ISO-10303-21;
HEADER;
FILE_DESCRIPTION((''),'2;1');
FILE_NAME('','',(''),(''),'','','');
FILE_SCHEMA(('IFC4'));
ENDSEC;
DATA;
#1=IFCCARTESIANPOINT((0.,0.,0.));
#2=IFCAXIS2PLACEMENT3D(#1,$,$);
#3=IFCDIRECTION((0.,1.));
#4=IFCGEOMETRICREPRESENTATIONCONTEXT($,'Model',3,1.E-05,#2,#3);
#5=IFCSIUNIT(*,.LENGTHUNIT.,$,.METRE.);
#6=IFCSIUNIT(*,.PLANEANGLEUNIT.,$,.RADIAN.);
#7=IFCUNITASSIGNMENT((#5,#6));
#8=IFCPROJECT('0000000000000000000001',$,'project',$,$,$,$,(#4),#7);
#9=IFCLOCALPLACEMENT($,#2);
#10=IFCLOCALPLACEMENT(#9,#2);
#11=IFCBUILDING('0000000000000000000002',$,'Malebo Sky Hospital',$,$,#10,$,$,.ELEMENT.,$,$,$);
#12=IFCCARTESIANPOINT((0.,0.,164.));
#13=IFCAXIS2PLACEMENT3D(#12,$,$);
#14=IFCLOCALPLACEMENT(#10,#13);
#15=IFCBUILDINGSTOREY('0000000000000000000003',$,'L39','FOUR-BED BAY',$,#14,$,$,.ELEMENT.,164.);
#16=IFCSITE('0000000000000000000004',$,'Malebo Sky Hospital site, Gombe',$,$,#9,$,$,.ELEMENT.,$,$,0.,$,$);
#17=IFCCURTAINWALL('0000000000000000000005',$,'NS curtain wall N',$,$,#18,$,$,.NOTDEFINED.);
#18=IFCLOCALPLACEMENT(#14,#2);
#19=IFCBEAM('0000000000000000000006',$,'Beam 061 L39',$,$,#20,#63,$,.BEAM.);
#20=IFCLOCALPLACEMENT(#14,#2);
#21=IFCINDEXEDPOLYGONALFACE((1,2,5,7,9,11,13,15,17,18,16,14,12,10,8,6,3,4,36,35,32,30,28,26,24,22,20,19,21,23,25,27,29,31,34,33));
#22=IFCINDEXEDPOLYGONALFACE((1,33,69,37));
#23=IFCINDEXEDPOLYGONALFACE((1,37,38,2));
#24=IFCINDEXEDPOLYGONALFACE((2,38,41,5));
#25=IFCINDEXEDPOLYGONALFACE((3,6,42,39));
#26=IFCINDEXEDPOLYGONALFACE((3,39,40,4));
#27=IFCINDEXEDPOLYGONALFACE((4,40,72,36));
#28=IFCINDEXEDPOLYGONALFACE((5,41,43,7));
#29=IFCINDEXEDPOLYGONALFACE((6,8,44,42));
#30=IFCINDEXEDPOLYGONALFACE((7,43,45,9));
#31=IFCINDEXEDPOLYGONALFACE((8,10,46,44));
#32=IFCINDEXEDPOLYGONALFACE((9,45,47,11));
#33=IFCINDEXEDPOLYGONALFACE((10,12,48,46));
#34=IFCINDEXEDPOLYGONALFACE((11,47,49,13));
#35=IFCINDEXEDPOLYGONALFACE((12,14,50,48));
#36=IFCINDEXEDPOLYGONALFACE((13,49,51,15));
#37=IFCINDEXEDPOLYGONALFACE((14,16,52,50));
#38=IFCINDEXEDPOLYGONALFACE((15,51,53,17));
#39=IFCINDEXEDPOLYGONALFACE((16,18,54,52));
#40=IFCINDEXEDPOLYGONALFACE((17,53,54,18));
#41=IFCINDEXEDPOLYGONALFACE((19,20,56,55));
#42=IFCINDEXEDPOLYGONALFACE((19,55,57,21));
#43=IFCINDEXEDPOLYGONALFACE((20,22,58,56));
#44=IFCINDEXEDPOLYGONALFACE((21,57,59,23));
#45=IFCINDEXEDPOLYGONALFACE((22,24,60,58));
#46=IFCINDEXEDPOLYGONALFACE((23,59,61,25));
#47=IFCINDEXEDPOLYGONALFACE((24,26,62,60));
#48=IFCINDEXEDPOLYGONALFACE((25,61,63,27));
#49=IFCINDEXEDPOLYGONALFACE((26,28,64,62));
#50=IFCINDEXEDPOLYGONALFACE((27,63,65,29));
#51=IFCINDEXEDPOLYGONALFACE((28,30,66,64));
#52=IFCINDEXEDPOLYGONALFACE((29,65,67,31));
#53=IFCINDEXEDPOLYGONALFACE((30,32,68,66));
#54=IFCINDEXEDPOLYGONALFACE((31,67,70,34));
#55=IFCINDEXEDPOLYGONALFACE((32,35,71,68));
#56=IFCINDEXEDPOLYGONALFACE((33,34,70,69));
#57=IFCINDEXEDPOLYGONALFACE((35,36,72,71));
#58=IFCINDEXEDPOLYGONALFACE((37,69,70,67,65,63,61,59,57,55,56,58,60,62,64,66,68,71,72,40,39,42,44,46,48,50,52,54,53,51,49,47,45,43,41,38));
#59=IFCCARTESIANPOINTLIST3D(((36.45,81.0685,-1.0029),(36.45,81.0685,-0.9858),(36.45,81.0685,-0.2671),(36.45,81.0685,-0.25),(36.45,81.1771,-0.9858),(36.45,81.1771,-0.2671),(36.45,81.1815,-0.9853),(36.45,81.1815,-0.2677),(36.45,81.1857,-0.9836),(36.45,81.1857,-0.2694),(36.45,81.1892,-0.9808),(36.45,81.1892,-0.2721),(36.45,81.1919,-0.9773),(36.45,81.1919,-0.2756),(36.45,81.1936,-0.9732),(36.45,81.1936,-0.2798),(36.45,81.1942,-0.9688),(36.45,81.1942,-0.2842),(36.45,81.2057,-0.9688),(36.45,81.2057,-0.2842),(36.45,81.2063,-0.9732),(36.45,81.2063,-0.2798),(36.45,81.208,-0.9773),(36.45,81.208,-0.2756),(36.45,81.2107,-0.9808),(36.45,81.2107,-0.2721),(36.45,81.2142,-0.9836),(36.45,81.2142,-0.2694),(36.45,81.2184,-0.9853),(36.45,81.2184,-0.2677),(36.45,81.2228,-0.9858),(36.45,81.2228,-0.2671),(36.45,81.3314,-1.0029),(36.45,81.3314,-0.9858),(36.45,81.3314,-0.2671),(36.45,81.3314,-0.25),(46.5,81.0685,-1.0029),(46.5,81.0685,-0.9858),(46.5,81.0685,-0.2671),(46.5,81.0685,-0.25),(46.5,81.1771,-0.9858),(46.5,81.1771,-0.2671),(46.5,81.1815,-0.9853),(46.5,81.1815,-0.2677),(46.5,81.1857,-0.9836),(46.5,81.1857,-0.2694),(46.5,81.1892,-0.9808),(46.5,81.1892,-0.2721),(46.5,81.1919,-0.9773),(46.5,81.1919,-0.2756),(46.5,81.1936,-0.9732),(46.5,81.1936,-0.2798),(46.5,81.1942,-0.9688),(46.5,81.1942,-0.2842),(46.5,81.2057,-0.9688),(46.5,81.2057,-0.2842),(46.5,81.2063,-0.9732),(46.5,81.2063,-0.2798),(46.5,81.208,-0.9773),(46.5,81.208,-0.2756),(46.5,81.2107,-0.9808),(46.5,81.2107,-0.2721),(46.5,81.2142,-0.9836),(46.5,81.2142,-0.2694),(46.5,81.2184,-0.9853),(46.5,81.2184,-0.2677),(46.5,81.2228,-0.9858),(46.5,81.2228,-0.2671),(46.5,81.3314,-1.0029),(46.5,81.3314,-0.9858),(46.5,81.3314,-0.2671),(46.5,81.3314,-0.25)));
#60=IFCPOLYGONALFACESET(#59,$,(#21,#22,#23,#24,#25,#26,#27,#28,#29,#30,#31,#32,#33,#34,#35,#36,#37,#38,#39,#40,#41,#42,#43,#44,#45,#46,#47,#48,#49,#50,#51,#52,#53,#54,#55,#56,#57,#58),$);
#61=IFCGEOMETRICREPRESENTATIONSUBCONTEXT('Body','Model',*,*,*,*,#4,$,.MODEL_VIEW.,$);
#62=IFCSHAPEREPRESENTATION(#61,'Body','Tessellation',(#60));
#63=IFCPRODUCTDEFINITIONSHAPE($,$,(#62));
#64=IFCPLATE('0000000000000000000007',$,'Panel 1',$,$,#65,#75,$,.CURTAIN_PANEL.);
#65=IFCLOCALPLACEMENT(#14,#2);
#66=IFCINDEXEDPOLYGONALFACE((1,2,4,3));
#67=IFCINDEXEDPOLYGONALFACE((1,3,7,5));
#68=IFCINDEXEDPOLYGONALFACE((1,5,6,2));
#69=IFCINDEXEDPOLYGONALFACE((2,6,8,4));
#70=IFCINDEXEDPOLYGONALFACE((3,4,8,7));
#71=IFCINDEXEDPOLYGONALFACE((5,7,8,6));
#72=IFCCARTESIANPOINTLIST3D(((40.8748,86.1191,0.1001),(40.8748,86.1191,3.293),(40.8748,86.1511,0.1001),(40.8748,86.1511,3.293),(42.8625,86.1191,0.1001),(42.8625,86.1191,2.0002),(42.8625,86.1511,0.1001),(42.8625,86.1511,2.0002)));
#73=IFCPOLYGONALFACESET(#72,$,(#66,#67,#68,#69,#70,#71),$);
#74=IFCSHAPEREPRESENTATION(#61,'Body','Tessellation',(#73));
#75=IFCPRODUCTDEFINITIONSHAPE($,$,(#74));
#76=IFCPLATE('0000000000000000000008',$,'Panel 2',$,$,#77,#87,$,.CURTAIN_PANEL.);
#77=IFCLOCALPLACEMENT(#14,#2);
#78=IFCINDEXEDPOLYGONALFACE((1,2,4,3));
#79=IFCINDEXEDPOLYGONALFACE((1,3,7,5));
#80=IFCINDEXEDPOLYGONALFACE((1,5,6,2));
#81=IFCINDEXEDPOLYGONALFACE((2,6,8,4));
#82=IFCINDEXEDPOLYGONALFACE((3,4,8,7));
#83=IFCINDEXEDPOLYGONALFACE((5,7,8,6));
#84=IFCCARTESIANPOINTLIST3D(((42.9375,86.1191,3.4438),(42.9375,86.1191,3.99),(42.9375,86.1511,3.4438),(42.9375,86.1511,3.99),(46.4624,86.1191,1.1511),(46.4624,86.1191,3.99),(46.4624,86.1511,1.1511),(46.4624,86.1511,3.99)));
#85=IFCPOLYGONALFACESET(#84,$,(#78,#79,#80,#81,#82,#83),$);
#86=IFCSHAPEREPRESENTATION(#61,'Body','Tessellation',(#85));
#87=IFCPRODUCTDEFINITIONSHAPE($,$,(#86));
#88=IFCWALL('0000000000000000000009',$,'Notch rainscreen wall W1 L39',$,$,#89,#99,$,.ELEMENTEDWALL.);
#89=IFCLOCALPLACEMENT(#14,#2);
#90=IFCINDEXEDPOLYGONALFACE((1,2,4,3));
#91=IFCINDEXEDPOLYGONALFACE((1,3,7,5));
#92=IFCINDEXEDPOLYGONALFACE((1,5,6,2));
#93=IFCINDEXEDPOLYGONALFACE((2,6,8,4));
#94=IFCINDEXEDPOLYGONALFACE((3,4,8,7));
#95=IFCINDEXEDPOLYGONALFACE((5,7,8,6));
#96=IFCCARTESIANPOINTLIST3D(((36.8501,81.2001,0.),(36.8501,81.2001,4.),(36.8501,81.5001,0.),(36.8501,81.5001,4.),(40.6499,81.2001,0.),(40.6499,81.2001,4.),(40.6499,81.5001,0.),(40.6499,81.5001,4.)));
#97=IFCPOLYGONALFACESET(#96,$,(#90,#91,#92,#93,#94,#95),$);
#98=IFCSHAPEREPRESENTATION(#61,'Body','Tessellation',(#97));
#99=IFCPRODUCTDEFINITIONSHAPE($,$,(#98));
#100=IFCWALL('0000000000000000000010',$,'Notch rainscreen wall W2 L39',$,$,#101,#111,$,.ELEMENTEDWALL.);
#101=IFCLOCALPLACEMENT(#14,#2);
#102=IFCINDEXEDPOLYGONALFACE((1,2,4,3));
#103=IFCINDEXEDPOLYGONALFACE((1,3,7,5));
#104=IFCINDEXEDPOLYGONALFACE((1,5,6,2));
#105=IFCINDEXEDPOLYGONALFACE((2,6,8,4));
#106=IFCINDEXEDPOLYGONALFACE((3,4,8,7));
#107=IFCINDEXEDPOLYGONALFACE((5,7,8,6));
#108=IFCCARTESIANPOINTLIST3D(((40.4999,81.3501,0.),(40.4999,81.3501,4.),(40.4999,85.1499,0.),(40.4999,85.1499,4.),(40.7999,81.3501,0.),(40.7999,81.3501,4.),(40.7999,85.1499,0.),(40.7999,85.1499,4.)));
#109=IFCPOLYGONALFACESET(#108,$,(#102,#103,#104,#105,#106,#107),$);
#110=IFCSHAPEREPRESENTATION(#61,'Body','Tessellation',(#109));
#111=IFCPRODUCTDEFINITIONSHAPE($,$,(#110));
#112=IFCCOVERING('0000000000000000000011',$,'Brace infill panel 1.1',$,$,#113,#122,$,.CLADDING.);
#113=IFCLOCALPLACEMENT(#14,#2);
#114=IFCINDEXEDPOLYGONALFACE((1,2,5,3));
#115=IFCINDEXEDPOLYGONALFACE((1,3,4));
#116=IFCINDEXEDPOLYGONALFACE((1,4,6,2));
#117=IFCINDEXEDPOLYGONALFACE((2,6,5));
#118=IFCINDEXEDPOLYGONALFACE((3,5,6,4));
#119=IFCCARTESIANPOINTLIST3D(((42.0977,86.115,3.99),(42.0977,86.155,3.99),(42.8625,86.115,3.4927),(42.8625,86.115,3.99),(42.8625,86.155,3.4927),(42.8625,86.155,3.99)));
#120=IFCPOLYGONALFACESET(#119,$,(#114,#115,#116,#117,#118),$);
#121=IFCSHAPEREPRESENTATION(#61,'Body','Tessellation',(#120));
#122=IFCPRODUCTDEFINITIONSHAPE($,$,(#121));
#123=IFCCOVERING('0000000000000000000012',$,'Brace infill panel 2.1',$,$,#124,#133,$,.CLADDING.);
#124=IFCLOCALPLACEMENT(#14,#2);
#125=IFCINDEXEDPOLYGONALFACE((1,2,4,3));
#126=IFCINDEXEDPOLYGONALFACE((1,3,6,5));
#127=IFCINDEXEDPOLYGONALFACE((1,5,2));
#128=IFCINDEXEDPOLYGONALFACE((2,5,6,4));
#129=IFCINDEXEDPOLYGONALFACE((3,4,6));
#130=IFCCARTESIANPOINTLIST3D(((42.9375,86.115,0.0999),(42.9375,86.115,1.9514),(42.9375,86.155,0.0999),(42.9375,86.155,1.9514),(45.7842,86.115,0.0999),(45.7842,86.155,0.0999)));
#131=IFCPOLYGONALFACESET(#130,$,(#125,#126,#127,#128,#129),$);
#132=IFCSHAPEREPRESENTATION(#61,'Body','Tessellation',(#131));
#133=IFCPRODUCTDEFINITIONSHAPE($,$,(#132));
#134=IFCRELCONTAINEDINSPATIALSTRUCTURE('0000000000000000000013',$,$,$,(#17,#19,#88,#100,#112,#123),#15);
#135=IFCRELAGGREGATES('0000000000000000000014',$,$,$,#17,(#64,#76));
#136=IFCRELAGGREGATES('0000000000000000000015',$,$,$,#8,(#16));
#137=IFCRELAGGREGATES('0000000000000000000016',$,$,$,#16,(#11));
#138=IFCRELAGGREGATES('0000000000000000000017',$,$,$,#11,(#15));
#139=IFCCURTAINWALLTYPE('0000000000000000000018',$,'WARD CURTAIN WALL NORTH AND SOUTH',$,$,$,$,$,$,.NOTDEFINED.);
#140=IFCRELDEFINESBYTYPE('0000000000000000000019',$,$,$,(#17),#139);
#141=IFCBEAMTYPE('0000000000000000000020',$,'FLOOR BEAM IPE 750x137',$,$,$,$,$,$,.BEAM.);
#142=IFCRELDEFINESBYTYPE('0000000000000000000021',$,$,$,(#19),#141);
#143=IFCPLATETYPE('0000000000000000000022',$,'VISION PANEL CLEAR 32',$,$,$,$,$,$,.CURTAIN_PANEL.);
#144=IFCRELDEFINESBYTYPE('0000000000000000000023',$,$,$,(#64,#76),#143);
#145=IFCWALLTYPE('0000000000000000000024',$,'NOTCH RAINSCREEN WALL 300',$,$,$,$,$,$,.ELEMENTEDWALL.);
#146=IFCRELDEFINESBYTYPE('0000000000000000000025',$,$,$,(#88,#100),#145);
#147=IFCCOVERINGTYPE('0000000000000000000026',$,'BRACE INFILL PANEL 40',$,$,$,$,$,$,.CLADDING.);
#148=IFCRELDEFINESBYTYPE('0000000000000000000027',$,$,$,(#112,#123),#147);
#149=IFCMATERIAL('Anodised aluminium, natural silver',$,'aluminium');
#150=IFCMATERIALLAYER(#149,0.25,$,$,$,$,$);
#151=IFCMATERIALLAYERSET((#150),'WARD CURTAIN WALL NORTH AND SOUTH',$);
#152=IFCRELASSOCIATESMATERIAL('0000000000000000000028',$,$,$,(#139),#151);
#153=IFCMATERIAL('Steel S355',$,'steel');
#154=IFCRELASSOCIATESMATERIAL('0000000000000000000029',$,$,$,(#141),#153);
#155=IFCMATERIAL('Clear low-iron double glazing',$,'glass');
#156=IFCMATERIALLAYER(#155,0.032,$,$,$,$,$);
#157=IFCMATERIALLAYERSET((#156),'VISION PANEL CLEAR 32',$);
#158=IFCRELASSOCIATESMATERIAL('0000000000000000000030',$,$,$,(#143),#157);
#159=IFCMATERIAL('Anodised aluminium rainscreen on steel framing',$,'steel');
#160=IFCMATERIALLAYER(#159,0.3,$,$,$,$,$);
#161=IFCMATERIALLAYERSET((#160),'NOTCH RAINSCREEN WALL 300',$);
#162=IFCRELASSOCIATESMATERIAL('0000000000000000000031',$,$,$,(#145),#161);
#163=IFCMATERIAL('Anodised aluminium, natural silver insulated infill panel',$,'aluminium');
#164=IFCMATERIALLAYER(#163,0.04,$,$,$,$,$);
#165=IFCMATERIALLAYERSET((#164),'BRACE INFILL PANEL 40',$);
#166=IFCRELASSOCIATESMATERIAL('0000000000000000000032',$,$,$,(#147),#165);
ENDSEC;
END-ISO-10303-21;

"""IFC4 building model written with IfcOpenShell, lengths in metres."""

from ifc_helpers import new_model, si_unit, direction, frame, frame_2d, origin, origin_2d, place, context, subcontext, project, spatial, polyline, rectangle, i_section, outline, extrude, material, layer, layer_set, material_profile, profile_set, type_object, element, aggregate, save


model = new_model("IFC4")

# Units and contexts
model_context = context("Model", 3, precision=1e-05, world=origin(), true_north=direction((0.0, 1.0)))
body_context = subcontext(model_context, "Body", "Model", "MODEL_VIEW")
ifc_project = project(units=[si_unit("LENGTHUNIT", "METRE"), si_unit("PLANEANGLEUNIT", "RADIAN")], contexts=[model_context])

# Site, building, storey
site_placement = place(None, origin())
site = spatial("IfcSite", under=ifc_project, at=site_placement, Name="Malebo Sky Hospital site, Gombe", CompositionType="ELEMENT", RefElevation=0.0)
building_placement = place(site_placement, origin())
building = spatial("IfcBuilding", under=site, at=building_placement, Name="Malebo Sky Hospital", CompositionType="ELEMENT")
storey_placement = place(building_placement, frame((0.0, 0.0, 164.0)))
storey = spatial("IfcBuildingStorey", under=building, at=storey_placement, Name="L39", Description="FOUR-BED BAY", CompositionType="ELEMENT", Elevation=164.0)

# Curtain wall
ifc_material_1 = material(Name="Anodised aluminium, natural silver", Category="aluminium")
ifc_layer_1 = layer(ifc_material_1, 0.25)
ifc_layer_set_1 = layer_set([ifc_layer_1], Name="WARD CURTAIN WALL NORTH AND SOUTH")
curtain_wall_type_1 = type_object("IfcCurtainWallType", Name="WARD CURTAIN WALL NORTH AND SOUTH", PredefinedType="NOTDEFINED", material=ifc_layer_set_1)
curtain_wall_1_placement = place(storey_placement, origin())
curtain_wall_1 = element("IfcCurtainWall", 1, at=curtain_wall_1_placement, inside=storey, type_object=curtain_wall_type_1, Name="NS curtain wall N", PredefinedType="NOTDEFINED")

# Beam
ifc_material_2 = material(Name="Steel S355", Category="steel")
ifc_material_profile_1 = material_profile(ifc_material_2, i_section(OverallWidth=0.2629, OverallDepth=0.7529, WebThickness=0.0115, FlangeThickness=0.0171, FilletRadius=0.0171, at=origin_2d()), Name="IPE 750x137")
ifc_profile_set_1 = profile_set([ifc_material_profile_1], Name="Steel S355")
beam_type_1 = type_object("IfcBeamType", Name="FLOOR BEAM IPE 750x137", PredefinedType="BEAM", material=ifc_profile_set_1)
beam_1_placement = place(storey_placement, frame((36.45, 81.2, -0.6265), z_axis=(1.0, 0.0, 0.0), x_axis=(0.0, 1.0, 0.0)))
element("IfcBeam", 2, at=beam_1_placement, inside=storey, type_object=beam_type_1, Name="Beam 061 L39", PredefinedType="BEAM", context=body_context, shape_type="SweptSolid", body=[
    extrude(i_section(OverallWidth=0.2629, OverallDepth=0.7529, WebThickness=0.0115, FlangeThickness=0.0171, FilletRadius=0.0171, at=origin_2d()), origin(), (0.0, 0.0, 1.0), 10.05),
])

# Plates
ifc_material_3 = material(Name="Clear low-iron double glazing", Category="glass")
ifc_layer_2 = layer(ifc_material_3, 0.032)
ifc_layer_set_2 = layer_set([ifc_layer_2], Name="VISION PANEL CLEAR 32")
plate_type = type_object("IfcPlateType", Name="VISION PANEL CLEAR 32", PredefinedType="CURTAIN_PANEL", material=ifc_layer_set_2)
plate_1_placement = place(storey_placement, frame((41.8687, 86.135, 0.1001), z_axis=(0.0, 0.0, 1.0), x_axis=(1.0, 0.0, 0.0)))
plate_1 = element("IfcPlate", 3, at=plate_1_placement, type_object=plate_type, Name="Panel 1", PredefinedType="CURTAIN_PANEL", context=body_context, shape_type="SweptSolid", body=[
    extrude(outline(polyline([(-0.9939, 0.0), (0.9939, 0.0), (0.9939, 1.9001), (-0.9939, 3.1929), (-0.9939, 0.0)])), frame((0.0, 0.0161, 0.0), z_axis=(0.0, -1.0, 0.0), x_axis=(1.0, 0.0, 0.0)), (0.0, 0.0, 1.0), 0.032),
])
plate_2_placement = place(storey_placement, frame((44.7, 86.135, 1.1511), z_axis=(0.0, 0.0, 1.0), x_axis=(1.0, 0.0, 0.0)))
plate_2 = element("IfcPlate", 4, at=plate_2_placement, type_object=plate_type, Name="Panel 2", PredefinedType="CURTAIN_PANEL", context=body_context, shape_type="SweptSolid", body=[
    extrude(outline(polyline([(1.7625, 0.0), (1.7625, 2.8389), (-1.7625, 2.8389), (-1.7625, 2.2927), (1.7625, 0.0)])), frame((0.0, 0.0161, 0.0), z_axis=(0.0, -1.0, 0.0), x_axis=(1.0, 0.0, 0.0)), (0.0, 0.0, 1.0), 0.032),
])
aggregate(curtain_wall_1, [plate_1, plate_2])

# Walls
ifc_material_4 = material(Name="Anodised aluminium rainscreen on steel framing", Category="steel")
ifc_layer_3 = layer(ifc_material_4, 0.3)
ifc_layer_set_3 = layer_set([ifc_layer_3], Name="NOTCH RAINSCREEN WALL 300")
wall_type = type_object("IfcWallType", Name="NOTCH RAINSCREEN WALL 300", PredefinedType="ELEMENTEDWALL", material=ifc_layer_set_3)
for number, where, z_axis, x_axis, name in (
    (5, (36.8501, 81.3501, 0.0), (0.0, 0.0, 1.0), (1.0, 0.0, 0.0), "Notch rainscreen wall W1 L39"),
    (6, (40.6499, 81.3501, 0.0), (0.0, 0.0, 1.0), (0.0, 1.0, 0.0), "Notch rainscreen wall W2 L39"),
):
    element("IfcWall", number, at=place(storey_placement, frame(where, z_axis=z_axis, x_axis=x_axis)), inside=storey, type_object=wall_type, Name=name, PredefinedType="ELEMENTEDWALL", context=body_context, shape_type="SweptSolid", body=[
        extrude(rectangle(XDim=3.7998, YDim=0.3, at=frame_2d((1.8999, 0.0))), origin(), (0.0, 0.0, 1.0), 4.0),
    ])

# Coverings
ifc_material_5 = material(Name="Anodised aluminium, natural silver insulated infill panel", Category="aluminium")
ifc_layer_4 = layer(ifc_material_5, 0.04)
ifc_layer_set_4 = layer_set([ifc_layer_4], Name="BRACE INFILL PANEL 40")
covering_type = type_object("IfcCoveringType", Name="BRACE INFILL PANEL 40", PredefinedType="CLADDING", material=ifc_layer_set_4)
covering_1_placement = place(storey_placement, frame((42.4802, 86.135, 3.4927), z_axis=(0.0, 0.0, 1.0), x_axis=(1.0, 0.0, 0.0)))
element("IfcCovering", 7, at=covering_1_placement, inside=storey, type_object=covering_type, Name="Brace infill panel 1.1", PredefinedType="CLADDING", context=body_context, shape_type="SweptSolid", body=[
    extrude(outline(polyline([(0.3823, 0.0), (0.3823, 0.4973), (-0.3826, 0.4973), (0.3823, 0.0)])), frame((0.0, 0.02, 0.0), z_axis=(0.0, -1.0, 0.0), x_axis=(1.0, 0.0, 0.0)), (0.0, 0.0, 1.0), 0.04),
])
covering_2_placement = place(storey_placement, frame((44.3608, 86.135, 0.0999), z_axis=(0.0, 0.0, 1.0), x_axis=(1.0, 0.0, 0.0)))
element("IfcCovering", 8, at=covering_2_placement, inside=storey, type_object=covering_type, Name="Brace infill panel 2.1", PredefinedType="CLADDING", context=body_context, shape_type="SweptSolid", body=[
    extrude(outline(polyline([(-1.4233, 0.0), (1.4233, 0.0), (-1.4233, 1.8516), (-1.4233, 0.0)])), frame((0.0, 0.02, 0.0), z_axis=(0.0, -1.0, 0.0), x_axis=(1.0, 0.0, 0.0)), (0.0, 0.0, 1.0), 0.04),
])

save(model, "model.ifc")
